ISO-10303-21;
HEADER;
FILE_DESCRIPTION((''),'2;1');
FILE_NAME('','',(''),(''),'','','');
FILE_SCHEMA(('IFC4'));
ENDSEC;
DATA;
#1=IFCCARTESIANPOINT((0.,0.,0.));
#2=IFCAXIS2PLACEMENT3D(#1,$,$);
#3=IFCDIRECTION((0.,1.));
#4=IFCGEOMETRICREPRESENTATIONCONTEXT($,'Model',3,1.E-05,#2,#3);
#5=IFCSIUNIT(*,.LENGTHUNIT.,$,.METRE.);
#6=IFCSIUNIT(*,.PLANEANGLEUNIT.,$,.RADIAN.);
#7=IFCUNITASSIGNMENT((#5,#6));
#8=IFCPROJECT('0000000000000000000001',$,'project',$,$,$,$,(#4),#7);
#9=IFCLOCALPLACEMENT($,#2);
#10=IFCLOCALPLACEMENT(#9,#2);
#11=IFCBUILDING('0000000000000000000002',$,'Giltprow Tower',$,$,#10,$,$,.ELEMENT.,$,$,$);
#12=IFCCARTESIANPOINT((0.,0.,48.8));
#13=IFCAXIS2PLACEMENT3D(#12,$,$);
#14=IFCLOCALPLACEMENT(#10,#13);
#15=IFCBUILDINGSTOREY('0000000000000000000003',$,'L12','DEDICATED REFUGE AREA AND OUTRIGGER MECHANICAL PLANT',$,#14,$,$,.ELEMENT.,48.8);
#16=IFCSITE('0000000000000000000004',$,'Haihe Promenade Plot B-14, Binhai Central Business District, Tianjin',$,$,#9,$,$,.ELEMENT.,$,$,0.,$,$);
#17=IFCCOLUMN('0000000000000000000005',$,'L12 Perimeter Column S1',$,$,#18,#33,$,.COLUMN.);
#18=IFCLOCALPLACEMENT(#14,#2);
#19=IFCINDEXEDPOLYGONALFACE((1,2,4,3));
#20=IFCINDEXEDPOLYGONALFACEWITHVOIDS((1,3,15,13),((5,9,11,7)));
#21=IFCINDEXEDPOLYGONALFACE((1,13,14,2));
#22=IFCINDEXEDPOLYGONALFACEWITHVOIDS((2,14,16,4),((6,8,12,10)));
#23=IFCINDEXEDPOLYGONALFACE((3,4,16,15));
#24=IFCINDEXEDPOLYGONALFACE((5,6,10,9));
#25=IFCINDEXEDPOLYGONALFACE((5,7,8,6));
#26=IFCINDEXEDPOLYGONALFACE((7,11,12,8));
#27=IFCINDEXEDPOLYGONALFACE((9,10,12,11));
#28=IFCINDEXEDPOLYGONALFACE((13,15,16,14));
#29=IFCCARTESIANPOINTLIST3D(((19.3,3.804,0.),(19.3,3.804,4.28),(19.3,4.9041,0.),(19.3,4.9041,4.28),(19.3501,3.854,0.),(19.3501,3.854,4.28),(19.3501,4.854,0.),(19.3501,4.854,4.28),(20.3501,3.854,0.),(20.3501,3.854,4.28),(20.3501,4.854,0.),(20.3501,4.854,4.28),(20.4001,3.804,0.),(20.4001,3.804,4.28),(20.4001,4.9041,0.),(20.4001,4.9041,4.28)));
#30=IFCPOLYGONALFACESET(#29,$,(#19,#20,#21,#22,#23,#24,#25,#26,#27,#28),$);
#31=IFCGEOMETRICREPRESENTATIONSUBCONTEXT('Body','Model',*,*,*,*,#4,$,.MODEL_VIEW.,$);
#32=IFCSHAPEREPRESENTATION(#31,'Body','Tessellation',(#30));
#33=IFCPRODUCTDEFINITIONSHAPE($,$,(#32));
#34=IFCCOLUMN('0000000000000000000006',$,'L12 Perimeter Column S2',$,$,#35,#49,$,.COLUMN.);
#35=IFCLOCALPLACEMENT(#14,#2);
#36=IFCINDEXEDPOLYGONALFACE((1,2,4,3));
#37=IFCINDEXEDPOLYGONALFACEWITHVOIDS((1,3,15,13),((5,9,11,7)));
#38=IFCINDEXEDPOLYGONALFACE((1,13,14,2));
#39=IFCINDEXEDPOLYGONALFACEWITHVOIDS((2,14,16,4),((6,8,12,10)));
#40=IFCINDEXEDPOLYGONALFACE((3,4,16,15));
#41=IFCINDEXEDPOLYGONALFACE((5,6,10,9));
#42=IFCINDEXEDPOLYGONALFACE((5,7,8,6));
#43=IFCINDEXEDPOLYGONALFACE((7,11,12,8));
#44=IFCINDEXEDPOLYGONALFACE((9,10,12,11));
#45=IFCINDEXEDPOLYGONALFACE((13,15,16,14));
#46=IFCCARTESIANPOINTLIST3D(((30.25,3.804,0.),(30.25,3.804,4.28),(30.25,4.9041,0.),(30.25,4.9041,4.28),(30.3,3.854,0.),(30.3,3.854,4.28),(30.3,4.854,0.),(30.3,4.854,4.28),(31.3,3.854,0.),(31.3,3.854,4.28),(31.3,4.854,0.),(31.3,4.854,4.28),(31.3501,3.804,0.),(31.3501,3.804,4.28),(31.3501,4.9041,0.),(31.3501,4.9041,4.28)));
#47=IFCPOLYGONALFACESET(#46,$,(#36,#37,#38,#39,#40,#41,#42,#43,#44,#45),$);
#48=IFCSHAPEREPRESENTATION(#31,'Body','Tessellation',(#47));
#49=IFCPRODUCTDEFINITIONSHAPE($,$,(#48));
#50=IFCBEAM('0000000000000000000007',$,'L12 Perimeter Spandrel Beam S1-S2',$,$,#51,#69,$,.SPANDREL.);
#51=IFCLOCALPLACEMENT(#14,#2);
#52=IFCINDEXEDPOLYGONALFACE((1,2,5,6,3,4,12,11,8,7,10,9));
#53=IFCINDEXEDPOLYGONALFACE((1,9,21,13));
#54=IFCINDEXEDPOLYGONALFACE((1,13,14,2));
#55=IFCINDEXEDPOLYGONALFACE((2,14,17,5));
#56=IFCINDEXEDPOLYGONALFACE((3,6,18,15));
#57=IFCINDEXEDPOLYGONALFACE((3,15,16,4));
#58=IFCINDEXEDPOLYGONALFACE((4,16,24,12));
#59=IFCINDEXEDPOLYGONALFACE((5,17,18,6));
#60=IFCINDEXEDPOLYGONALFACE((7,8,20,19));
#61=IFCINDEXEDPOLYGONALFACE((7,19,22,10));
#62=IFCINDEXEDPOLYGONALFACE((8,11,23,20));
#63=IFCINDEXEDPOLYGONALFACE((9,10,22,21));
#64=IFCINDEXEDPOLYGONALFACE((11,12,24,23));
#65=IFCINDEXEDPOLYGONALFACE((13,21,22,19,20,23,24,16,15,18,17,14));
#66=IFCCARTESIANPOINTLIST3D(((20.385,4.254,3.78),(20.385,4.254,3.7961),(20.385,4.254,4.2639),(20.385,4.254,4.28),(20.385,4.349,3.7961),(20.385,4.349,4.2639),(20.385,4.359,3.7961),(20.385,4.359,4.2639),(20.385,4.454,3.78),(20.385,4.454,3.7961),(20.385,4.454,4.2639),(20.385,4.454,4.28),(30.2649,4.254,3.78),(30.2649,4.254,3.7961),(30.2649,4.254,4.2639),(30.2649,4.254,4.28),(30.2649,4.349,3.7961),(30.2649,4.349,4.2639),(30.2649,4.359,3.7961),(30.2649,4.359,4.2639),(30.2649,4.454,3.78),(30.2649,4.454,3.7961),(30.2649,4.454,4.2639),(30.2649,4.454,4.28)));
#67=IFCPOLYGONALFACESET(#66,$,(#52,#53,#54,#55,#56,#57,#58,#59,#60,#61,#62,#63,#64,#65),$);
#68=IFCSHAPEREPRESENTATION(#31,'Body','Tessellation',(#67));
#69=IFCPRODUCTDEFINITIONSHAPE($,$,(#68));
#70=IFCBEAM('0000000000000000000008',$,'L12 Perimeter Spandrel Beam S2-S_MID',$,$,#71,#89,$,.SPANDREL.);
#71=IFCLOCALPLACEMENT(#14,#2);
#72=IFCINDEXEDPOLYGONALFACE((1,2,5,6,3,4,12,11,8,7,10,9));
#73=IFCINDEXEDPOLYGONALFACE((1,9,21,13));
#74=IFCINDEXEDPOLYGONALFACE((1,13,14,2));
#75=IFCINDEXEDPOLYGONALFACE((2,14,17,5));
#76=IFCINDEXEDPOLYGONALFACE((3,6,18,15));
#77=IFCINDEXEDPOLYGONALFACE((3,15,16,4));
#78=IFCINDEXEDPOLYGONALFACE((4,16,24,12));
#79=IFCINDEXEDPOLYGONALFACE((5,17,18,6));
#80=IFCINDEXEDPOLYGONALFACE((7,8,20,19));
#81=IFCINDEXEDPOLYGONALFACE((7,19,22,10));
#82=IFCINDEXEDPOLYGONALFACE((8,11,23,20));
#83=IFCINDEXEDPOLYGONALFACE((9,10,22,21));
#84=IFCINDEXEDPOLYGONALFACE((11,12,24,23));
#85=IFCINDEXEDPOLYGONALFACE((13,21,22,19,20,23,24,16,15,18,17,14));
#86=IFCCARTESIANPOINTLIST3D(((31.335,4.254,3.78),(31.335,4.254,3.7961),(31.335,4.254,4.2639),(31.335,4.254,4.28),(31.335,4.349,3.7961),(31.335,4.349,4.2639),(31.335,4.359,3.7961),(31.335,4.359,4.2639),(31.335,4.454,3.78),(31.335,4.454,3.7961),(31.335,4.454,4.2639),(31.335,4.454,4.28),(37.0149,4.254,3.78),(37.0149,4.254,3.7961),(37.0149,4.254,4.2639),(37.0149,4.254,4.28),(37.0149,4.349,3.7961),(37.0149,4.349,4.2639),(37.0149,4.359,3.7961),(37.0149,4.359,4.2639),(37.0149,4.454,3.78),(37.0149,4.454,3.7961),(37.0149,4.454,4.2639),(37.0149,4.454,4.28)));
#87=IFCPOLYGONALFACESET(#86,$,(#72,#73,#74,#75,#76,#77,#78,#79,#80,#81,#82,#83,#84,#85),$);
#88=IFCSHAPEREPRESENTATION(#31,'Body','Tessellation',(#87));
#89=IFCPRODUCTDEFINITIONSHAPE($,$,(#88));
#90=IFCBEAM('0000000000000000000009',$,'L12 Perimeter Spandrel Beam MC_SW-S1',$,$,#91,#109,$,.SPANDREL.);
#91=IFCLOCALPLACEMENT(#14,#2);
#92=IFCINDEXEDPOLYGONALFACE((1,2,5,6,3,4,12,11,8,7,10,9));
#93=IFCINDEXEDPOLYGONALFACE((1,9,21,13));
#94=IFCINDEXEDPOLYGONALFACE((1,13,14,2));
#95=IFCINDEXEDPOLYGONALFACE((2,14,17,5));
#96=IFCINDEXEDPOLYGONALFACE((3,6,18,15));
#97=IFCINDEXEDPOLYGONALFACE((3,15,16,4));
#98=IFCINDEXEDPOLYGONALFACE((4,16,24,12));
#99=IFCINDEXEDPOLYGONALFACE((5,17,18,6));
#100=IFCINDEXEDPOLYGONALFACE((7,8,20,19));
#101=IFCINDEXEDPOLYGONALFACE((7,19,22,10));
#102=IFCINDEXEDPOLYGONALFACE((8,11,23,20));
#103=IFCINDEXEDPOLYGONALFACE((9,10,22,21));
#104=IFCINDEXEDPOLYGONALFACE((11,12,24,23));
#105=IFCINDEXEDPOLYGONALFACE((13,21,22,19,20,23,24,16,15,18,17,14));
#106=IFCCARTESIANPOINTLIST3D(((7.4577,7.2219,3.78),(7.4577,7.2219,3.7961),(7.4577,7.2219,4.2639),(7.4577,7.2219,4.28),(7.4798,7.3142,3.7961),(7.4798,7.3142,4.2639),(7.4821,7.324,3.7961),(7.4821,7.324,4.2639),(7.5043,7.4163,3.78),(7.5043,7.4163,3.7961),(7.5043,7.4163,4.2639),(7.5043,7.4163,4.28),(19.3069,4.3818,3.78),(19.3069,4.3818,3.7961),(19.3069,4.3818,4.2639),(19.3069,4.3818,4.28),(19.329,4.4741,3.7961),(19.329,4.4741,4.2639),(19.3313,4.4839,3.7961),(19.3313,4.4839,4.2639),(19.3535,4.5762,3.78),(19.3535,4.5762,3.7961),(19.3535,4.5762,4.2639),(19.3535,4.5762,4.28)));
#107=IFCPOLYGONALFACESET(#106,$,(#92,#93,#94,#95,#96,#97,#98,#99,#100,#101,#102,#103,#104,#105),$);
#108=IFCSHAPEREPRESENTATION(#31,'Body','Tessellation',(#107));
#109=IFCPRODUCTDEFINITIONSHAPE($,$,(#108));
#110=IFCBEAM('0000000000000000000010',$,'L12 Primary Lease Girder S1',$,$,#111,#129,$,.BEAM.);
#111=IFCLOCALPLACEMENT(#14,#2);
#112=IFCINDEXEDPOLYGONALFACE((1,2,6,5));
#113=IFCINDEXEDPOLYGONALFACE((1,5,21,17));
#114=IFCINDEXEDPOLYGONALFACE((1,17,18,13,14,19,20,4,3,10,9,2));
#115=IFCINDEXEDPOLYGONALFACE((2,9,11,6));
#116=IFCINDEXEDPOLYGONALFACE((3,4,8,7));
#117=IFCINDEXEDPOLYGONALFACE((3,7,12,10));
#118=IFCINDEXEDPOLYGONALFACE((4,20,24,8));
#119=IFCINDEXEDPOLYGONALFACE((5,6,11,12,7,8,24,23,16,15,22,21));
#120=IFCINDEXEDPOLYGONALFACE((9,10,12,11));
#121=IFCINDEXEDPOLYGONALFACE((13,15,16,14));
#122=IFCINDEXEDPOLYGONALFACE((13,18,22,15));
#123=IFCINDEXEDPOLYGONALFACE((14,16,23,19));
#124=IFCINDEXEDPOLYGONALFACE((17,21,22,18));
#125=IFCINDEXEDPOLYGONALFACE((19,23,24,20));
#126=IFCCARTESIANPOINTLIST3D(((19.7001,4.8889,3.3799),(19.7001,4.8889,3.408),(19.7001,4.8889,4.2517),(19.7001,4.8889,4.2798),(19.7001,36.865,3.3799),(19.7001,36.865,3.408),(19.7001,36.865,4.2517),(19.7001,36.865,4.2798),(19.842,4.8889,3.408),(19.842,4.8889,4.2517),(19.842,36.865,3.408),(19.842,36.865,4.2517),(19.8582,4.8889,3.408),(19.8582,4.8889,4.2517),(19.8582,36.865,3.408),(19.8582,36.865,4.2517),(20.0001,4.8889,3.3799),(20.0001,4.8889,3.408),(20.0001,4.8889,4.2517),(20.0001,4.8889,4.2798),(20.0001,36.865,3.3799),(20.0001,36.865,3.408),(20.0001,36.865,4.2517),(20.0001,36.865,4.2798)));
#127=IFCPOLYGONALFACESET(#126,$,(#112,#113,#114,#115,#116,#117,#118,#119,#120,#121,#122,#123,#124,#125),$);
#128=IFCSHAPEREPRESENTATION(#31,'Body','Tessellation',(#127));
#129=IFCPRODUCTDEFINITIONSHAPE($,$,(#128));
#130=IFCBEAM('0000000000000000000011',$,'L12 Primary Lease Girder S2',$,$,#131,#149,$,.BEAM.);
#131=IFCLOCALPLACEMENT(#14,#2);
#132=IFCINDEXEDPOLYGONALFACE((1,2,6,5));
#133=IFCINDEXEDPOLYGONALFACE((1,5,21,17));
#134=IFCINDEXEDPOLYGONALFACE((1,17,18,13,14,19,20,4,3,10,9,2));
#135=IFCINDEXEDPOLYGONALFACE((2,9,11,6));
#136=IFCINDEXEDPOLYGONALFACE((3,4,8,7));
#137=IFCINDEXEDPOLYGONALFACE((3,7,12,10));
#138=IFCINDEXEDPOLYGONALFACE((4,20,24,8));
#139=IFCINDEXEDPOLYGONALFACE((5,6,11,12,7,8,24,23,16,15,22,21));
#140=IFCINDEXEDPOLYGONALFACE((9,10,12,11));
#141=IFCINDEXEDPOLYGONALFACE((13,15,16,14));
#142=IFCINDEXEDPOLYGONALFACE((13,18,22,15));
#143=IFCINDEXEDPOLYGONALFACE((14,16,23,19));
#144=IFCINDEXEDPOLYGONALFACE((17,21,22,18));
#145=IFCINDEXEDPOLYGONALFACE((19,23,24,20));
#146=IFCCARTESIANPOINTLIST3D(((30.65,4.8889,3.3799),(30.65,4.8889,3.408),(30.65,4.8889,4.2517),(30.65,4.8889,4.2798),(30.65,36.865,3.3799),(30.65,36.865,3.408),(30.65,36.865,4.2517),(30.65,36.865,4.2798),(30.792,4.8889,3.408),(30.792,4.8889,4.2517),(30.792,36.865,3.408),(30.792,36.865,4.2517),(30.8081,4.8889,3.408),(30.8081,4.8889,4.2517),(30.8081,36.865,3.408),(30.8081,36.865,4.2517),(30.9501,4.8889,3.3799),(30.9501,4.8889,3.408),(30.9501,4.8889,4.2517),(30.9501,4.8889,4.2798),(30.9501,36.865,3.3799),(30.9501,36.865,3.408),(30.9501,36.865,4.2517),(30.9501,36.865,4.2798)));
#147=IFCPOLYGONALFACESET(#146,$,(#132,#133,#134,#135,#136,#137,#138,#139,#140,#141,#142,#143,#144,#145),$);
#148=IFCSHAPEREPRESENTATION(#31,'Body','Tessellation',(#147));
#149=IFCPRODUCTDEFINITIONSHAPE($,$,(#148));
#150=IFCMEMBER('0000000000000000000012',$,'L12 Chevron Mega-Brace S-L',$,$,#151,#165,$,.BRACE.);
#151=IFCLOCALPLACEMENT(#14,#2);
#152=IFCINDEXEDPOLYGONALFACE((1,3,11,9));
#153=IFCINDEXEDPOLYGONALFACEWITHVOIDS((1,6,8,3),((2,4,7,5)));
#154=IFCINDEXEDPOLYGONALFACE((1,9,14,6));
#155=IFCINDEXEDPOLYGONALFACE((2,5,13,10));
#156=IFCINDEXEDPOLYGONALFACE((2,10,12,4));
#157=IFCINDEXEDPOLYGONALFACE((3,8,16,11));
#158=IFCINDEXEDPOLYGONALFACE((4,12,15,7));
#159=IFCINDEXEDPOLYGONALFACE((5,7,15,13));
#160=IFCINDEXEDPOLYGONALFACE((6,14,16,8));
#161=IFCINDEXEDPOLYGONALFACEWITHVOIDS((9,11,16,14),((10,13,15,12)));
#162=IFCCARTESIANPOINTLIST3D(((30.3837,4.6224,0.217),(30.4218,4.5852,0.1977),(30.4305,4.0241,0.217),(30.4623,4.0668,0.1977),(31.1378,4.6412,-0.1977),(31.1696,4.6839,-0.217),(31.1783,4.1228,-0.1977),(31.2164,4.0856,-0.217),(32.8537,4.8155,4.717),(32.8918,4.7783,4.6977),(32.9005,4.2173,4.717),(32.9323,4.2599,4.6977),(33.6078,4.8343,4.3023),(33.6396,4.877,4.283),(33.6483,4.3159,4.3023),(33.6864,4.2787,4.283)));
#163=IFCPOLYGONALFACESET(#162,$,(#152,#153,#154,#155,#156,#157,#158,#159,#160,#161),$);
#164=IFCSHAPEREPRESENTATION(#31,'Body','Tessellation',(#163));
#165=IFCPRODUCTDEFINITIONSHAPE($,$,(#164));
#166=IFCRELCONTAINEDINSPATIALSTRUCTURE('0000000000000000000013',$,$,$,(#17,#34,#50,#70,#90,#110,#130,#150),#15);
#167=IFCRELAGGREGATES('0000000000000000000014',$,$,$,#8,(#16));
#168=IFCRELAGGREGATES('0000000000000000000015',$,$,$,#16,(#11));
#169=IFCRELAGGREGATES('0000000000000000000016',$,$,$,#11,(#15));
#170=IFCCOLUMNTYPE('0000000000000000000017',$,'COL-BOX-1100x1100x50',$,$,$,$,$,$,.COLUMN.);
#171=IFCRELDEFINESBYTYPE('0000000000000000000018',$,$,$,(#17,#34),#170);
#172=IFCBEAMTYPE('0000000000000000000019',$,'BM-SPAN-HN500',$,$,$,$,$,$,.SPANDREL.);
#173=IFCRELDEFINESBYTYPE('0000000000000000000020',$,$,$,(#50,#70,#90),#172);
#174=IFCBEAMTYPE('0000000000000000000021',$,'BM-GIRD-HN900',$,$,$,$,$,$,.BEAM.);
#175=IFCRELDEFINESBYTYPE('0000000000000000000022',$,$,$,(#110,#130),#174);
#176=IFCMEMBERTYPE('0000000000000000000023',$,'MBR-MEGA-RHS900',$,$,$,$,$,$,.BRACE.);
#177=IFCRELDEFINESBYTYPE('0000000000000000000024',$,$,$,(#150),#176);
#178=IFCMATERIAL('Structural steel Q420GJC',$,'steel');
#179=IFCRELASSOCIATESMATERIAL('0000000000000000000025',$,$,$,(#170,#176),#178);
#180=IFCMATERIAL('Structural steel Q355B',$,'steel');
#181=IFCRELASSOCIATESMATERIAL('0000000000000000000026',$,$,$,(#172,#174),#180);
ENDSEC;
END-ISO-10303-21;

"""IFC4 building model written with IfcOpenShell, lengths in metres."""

from ifc_helpers import new_model, si_unit, direction, frame, origin, origin_2d, place, context, subcontext, project, spatial, hollow_rectangle, i_section, extrude, source, transform, mapped, material, material_profile, profile_set, type_object, element, save


model = new_model("IFC4")

# Units and contexts
model_context = context("Model", 3, precision=1e-05, world=origin(), true_north=direction((0.0, 1.0)))
body_context = subcontext(model_context, "Body", "Model", "MODEL_VIEW")
ifc_project = project(units=[si_unit("LENGTHUNIT", "METRE"), si_unit("PLANEANGLEUNIT", "RADIAN")], contexts=[model_context])

# Site, building, storey
site_placement = place(None, origin())
site = spatial("IfcSite", under=ifc_project, at=site_placement, Name="Haihe Promenade Plot B-14, Binhai Central Business District, Tianjin", CompositionType="ELEMENT", RefElevation=0.0)
building_placement = place(site_placement, origin())
building = spatial("IfcBuilding", under=site, at=building_placement, Name="Giltprow Tower", CompositionType="ELEMENT")
storey_placement = place(building_placement, frame((0.0, 0.0, 48.8)))
storey = spatial("IfcBuildingStorey", under=building, at=storey_placement, Name="L12", Description="DEDICATED REFUGE AREA AND OUTRIGGER MECHANICAL PLANT", CompositionType="ELEMENT", Elevation=48.8)

# Columns
ifc_material_1 = material(Name="Structural steel Q420GJC", Category="steel")
ifc_material_profile_1 = material_profile(ifc_material_1, hollow_rectangle(XDim=1.1001, YDim=1.1001, WallThickness=0.05, at=origin_2d()), Name="BOX 1100x1100x50")
ifc_profile_set_1 = profile_set([ifc_material_profile_1], Name="Structural steel Q420GJC")
column_type = type_object("IfcColumnType", Name="COL-BOX-1100x1100x50", PredefinedType="COLUMN", material=ifc_profile_set_1)
shared_shape_1 = source(origin(), body_context, "Body", "SweptSolid", [
    extrude(hollow_rectangle(XDim=1.1001, YDim=1.1001, WallThickness=0.05, at=origin_2d()), origin(), (0.0, 0.0, 1.0), 4.28),
])
for number, where, z_axis, x_axis, name in (
    (1, (19.8501, 4.354, 0.0), (0.0, 0.0, 1.0), (1.0, 0.0, 0.0), "L12 Perimeter Column S1"),
    (2, (30.8, 4.354, 0.0), (0.0, 0.0, 1.0), (1.0, 0.0, 0.0), "L12 Perimeter Column S2"),
):
    element("IfcColumn", number, at=place(storey_placement, frame(where, z_axis=z_axis, x_axis=x_axis)), inside=storey, type_object=column_type, Name=name, PredefinedType="COLUMN", context=body_context, shape_type="MappedRepresentation", body=[
        mapped(shared_shape_1, transform((0.0, 0.0, 0.0), x_axis=(1.0, 0.0, 0.0), y_axis=(0.0, 1.0, 0.0), z_axis=(0.0, 0.0, 1.0), scale=1.0)),
    ])

# Beams
ifc_material_2 = material(Name="Structural steel Q355B", Category="steel")
ifc_material_profile_2 = material_profile(ifc_material_2, i_section(OverallWidth=0.2, OverallDepth=0.5, WebThickness=0.01, FlangeThickness=0.0161, at=origin_2d()), Name="HN 500x200x10x16")
ifc_profile_set_2 = profile_set([ifc_material_profile_2], Name="Structural steel Q355B")
beam_type_1 = type_object("IfcBeamType", Name="BM-SPAN-HN500", PredefinedType="SPANDREL", material=ifc_profile_set_2)
shared_shape_2 = source(origin(), body_context, "Body", "SweptSolid", [
    extrude(i_section(OverallWidth=0.2, OverallDepth=0.5, WebThickness=0.01, FlangeThickness=0.0161, at=origin_2d()), origin(), (0.0, 0.0, 1.0), 9.8799),
])
beam_1_placement = place(storey_placement, frame((20.385, 4.354, 4.03), z_axis=(1.0, 0.0, 0.0), x_axis=(0.0, 1.0, 0.0)))
element("IfcBeam", 3, at=beam_1_placement, inside=storey, type_object=beam_type_1, Name="L12 Perimeter Spandrel Beam S1-S2", PredefinedType="SPANDREL", context=body_context, shape_type="MappedRepresentation", body=[
    mapped(shared_shape_2, transform((0.0, 0.0, 0.0), x_axis=(1.0, 0.0, 0.0), y_axis=(0.0, 1.0, 0.0), z_axis=(0.0, 0.0, 1.0), scale=1.0)),
])
shared_shape_3 = source(origin(), body_context, "Body", "SweptSolid", [
    extrude(i_section(OverallWidth=0.2, OverallDepth=0.5, WebThickness=0.01, FlangeThickness=0.0161, at=origin_2d()), origin(), (0.0, 0.0, 1.0), 5.6799),
])
beam_2_placement = place(storey_placement, frame((31.335, 4.354, 4.03), z_axis=(1.0, 0.0, 0.0), x_axis=(0.0, 1.0, 0.0)))
element("IfcBeam", 4, at=beam_2_placement, inside=storey, type_object=beam_type_1, Name="L12 Perimeter Spandrel Beam S2-S_MID", PredefinedType="SPANDREL", context=body_context, shape_type="MappedRepresentation", body=[
    mapped(shared_shape_3, transform((0.0, 0.0, 0.0), x_axis=(1.0, 0.0, 0.0), y_axis=(0.0, 1.0, 0.0), z_axis=(0.0, 0.0, 1.0), scale=1.0)),
])
shared_shape_4 = source(origin(), body_context, "Body", "SweptSolid", [
    extrude(i_section(OverallWidth=0.2, OverallDepth=0.5, WebThickness=0.01, FlangeThickness=0.0161, at=origin_2d()), origin(), (0.0, 0.0, 1.0), 12.1848),
])
beam_3_placement = place(storey_placement, frame((7.481, 7.3191, 4.03), z_axis=(0.972456, -0.233086, 0.0), x_axis=(0.233086, 0.972456, 0.0)))
element("IfcBeam", 5, at=beam_3_placement, inside=storey, type_object=beam_type_1, Name="L12 Perimeter Spandrel Beam MC_SW-S1", PredefinedType="SPANDREL", context=body_context, shape_type="MappedRepresentation", body=[
    mapped(shared_shape_4, transform((0.0, 0.0, 0.0), x_axis=(1.0, 0.0, 0.0), y_axis=(0.0, 1.0, 0.0), z_axis=(0.0, 0.0, 1.0), scale=1.0)),
])
ifc_material_profile_3 = material_profile(ifc_material_2, i_section(OverallWidth=0.3, OverallDepth=0.8999, WebThickness=0.0161, FlangeThickness=0.0281, at=origin_2d()), Name="HN 900x300x16x28")
ifc_profile_set_3 = profile_set([ifc_material_profile_3], Name="Structural steel Q355B")
beam_type_2 = type_object("IfcBeamType", Name="BM-GIRD-HN900", PredefinedType="BEAM", material=ifc_profile_set_3)
shared_shape_5 = source(origin(), body_context, "Body", "SweptSolid", [
    extrude(i_section(OverallWidth=0.3, OverallDepth=0.8999, WebThickness=0.0161, FlangeThickness=0.0281, at=origin_2d()), origin(), (0.0, 0.0, 1.0), 31.9761),
])
for number, where, z_axis, x_axis, name in (
    (6, (19.8501, 4.8889, 3.8298), (0.0, 1.0, 0.0), (-1.0, 0.0, 0.0), "L12 Primary Lease Girder S1"),
    (7, (30.8, 4.8889, 3.8298), (0.0, 1.0, 0.0), (-1.0, 0.0, 0.0), "L12 Primary Lease Girder S2"),
):
    element("IfcBeam", number, at=place(storey_placement, frame(where, z_axis=z_axis, x_axis=x_axis)), inside=storey, type_object=beam_type_2, Name=name, PredefinedType="BEAM", context=body_context, shape_type="MappedRepresentation", body=[
        mapped(shared_shape_5, transform((0.0, 0.0, 0.0), x_axis=(1.0, 0.0, 0.0), y_axis=(0.0, 1.0, 0.0), z_axis=(0.0, 0.0, 1.0), scale=1.0)),
    ])

# Member
ifc_material_profile_4 = material_profile(ifc_material_1, hollow_rectangle(XDim=0.6001, YDim=0.8999, WallThickness=0.04, at=origin_2d()), Name="RHS 900x600x40")
ifc_profile_set_4 = profile_set([ifc_material_profile_4], Name="Structural steel Q420GJC")
member_type = type_object("IfcMemberType", Name="MBR-MEGA-RHS900", PredefinedType="BRACE", material=ifc_profile_set_4)
shared_shape_6 = source(origin(), body_context, "Body", "SweptSolid", [
    extrude(hollow_rectangle(XDim=0.6001, YDim=0.8999, WallThickness=0.04, at=origin_2d()), origin(), (0.0, 0.0, 1.0), 5.137),
])
member_placement = place(storey_placement, frame((30.8, 4.354, 0.0), z_axis=(0.480826, 0.037594, 0.87601), x_axis=(-0.077947, 0.996957, 0.0)))
element("IfcMember", 8, at=member_placement, inside=storey, type_object=member_type, Name="L12 Chevron Mega-Brace S-L", PredefinedType="BRACE", context=body_context, shape_type="MappedRepresentation", body=[
    mapped(shared_shape_6, transform((0.0, 0.0, 0.0), x_axis=(1.0, 0.0, 0.0), y_axis=(0.0, 1.0, 0.0), z_axis=(0.0, 0.0, 1.0), scale=1.0)),
])

save(model, "model.ifc")
